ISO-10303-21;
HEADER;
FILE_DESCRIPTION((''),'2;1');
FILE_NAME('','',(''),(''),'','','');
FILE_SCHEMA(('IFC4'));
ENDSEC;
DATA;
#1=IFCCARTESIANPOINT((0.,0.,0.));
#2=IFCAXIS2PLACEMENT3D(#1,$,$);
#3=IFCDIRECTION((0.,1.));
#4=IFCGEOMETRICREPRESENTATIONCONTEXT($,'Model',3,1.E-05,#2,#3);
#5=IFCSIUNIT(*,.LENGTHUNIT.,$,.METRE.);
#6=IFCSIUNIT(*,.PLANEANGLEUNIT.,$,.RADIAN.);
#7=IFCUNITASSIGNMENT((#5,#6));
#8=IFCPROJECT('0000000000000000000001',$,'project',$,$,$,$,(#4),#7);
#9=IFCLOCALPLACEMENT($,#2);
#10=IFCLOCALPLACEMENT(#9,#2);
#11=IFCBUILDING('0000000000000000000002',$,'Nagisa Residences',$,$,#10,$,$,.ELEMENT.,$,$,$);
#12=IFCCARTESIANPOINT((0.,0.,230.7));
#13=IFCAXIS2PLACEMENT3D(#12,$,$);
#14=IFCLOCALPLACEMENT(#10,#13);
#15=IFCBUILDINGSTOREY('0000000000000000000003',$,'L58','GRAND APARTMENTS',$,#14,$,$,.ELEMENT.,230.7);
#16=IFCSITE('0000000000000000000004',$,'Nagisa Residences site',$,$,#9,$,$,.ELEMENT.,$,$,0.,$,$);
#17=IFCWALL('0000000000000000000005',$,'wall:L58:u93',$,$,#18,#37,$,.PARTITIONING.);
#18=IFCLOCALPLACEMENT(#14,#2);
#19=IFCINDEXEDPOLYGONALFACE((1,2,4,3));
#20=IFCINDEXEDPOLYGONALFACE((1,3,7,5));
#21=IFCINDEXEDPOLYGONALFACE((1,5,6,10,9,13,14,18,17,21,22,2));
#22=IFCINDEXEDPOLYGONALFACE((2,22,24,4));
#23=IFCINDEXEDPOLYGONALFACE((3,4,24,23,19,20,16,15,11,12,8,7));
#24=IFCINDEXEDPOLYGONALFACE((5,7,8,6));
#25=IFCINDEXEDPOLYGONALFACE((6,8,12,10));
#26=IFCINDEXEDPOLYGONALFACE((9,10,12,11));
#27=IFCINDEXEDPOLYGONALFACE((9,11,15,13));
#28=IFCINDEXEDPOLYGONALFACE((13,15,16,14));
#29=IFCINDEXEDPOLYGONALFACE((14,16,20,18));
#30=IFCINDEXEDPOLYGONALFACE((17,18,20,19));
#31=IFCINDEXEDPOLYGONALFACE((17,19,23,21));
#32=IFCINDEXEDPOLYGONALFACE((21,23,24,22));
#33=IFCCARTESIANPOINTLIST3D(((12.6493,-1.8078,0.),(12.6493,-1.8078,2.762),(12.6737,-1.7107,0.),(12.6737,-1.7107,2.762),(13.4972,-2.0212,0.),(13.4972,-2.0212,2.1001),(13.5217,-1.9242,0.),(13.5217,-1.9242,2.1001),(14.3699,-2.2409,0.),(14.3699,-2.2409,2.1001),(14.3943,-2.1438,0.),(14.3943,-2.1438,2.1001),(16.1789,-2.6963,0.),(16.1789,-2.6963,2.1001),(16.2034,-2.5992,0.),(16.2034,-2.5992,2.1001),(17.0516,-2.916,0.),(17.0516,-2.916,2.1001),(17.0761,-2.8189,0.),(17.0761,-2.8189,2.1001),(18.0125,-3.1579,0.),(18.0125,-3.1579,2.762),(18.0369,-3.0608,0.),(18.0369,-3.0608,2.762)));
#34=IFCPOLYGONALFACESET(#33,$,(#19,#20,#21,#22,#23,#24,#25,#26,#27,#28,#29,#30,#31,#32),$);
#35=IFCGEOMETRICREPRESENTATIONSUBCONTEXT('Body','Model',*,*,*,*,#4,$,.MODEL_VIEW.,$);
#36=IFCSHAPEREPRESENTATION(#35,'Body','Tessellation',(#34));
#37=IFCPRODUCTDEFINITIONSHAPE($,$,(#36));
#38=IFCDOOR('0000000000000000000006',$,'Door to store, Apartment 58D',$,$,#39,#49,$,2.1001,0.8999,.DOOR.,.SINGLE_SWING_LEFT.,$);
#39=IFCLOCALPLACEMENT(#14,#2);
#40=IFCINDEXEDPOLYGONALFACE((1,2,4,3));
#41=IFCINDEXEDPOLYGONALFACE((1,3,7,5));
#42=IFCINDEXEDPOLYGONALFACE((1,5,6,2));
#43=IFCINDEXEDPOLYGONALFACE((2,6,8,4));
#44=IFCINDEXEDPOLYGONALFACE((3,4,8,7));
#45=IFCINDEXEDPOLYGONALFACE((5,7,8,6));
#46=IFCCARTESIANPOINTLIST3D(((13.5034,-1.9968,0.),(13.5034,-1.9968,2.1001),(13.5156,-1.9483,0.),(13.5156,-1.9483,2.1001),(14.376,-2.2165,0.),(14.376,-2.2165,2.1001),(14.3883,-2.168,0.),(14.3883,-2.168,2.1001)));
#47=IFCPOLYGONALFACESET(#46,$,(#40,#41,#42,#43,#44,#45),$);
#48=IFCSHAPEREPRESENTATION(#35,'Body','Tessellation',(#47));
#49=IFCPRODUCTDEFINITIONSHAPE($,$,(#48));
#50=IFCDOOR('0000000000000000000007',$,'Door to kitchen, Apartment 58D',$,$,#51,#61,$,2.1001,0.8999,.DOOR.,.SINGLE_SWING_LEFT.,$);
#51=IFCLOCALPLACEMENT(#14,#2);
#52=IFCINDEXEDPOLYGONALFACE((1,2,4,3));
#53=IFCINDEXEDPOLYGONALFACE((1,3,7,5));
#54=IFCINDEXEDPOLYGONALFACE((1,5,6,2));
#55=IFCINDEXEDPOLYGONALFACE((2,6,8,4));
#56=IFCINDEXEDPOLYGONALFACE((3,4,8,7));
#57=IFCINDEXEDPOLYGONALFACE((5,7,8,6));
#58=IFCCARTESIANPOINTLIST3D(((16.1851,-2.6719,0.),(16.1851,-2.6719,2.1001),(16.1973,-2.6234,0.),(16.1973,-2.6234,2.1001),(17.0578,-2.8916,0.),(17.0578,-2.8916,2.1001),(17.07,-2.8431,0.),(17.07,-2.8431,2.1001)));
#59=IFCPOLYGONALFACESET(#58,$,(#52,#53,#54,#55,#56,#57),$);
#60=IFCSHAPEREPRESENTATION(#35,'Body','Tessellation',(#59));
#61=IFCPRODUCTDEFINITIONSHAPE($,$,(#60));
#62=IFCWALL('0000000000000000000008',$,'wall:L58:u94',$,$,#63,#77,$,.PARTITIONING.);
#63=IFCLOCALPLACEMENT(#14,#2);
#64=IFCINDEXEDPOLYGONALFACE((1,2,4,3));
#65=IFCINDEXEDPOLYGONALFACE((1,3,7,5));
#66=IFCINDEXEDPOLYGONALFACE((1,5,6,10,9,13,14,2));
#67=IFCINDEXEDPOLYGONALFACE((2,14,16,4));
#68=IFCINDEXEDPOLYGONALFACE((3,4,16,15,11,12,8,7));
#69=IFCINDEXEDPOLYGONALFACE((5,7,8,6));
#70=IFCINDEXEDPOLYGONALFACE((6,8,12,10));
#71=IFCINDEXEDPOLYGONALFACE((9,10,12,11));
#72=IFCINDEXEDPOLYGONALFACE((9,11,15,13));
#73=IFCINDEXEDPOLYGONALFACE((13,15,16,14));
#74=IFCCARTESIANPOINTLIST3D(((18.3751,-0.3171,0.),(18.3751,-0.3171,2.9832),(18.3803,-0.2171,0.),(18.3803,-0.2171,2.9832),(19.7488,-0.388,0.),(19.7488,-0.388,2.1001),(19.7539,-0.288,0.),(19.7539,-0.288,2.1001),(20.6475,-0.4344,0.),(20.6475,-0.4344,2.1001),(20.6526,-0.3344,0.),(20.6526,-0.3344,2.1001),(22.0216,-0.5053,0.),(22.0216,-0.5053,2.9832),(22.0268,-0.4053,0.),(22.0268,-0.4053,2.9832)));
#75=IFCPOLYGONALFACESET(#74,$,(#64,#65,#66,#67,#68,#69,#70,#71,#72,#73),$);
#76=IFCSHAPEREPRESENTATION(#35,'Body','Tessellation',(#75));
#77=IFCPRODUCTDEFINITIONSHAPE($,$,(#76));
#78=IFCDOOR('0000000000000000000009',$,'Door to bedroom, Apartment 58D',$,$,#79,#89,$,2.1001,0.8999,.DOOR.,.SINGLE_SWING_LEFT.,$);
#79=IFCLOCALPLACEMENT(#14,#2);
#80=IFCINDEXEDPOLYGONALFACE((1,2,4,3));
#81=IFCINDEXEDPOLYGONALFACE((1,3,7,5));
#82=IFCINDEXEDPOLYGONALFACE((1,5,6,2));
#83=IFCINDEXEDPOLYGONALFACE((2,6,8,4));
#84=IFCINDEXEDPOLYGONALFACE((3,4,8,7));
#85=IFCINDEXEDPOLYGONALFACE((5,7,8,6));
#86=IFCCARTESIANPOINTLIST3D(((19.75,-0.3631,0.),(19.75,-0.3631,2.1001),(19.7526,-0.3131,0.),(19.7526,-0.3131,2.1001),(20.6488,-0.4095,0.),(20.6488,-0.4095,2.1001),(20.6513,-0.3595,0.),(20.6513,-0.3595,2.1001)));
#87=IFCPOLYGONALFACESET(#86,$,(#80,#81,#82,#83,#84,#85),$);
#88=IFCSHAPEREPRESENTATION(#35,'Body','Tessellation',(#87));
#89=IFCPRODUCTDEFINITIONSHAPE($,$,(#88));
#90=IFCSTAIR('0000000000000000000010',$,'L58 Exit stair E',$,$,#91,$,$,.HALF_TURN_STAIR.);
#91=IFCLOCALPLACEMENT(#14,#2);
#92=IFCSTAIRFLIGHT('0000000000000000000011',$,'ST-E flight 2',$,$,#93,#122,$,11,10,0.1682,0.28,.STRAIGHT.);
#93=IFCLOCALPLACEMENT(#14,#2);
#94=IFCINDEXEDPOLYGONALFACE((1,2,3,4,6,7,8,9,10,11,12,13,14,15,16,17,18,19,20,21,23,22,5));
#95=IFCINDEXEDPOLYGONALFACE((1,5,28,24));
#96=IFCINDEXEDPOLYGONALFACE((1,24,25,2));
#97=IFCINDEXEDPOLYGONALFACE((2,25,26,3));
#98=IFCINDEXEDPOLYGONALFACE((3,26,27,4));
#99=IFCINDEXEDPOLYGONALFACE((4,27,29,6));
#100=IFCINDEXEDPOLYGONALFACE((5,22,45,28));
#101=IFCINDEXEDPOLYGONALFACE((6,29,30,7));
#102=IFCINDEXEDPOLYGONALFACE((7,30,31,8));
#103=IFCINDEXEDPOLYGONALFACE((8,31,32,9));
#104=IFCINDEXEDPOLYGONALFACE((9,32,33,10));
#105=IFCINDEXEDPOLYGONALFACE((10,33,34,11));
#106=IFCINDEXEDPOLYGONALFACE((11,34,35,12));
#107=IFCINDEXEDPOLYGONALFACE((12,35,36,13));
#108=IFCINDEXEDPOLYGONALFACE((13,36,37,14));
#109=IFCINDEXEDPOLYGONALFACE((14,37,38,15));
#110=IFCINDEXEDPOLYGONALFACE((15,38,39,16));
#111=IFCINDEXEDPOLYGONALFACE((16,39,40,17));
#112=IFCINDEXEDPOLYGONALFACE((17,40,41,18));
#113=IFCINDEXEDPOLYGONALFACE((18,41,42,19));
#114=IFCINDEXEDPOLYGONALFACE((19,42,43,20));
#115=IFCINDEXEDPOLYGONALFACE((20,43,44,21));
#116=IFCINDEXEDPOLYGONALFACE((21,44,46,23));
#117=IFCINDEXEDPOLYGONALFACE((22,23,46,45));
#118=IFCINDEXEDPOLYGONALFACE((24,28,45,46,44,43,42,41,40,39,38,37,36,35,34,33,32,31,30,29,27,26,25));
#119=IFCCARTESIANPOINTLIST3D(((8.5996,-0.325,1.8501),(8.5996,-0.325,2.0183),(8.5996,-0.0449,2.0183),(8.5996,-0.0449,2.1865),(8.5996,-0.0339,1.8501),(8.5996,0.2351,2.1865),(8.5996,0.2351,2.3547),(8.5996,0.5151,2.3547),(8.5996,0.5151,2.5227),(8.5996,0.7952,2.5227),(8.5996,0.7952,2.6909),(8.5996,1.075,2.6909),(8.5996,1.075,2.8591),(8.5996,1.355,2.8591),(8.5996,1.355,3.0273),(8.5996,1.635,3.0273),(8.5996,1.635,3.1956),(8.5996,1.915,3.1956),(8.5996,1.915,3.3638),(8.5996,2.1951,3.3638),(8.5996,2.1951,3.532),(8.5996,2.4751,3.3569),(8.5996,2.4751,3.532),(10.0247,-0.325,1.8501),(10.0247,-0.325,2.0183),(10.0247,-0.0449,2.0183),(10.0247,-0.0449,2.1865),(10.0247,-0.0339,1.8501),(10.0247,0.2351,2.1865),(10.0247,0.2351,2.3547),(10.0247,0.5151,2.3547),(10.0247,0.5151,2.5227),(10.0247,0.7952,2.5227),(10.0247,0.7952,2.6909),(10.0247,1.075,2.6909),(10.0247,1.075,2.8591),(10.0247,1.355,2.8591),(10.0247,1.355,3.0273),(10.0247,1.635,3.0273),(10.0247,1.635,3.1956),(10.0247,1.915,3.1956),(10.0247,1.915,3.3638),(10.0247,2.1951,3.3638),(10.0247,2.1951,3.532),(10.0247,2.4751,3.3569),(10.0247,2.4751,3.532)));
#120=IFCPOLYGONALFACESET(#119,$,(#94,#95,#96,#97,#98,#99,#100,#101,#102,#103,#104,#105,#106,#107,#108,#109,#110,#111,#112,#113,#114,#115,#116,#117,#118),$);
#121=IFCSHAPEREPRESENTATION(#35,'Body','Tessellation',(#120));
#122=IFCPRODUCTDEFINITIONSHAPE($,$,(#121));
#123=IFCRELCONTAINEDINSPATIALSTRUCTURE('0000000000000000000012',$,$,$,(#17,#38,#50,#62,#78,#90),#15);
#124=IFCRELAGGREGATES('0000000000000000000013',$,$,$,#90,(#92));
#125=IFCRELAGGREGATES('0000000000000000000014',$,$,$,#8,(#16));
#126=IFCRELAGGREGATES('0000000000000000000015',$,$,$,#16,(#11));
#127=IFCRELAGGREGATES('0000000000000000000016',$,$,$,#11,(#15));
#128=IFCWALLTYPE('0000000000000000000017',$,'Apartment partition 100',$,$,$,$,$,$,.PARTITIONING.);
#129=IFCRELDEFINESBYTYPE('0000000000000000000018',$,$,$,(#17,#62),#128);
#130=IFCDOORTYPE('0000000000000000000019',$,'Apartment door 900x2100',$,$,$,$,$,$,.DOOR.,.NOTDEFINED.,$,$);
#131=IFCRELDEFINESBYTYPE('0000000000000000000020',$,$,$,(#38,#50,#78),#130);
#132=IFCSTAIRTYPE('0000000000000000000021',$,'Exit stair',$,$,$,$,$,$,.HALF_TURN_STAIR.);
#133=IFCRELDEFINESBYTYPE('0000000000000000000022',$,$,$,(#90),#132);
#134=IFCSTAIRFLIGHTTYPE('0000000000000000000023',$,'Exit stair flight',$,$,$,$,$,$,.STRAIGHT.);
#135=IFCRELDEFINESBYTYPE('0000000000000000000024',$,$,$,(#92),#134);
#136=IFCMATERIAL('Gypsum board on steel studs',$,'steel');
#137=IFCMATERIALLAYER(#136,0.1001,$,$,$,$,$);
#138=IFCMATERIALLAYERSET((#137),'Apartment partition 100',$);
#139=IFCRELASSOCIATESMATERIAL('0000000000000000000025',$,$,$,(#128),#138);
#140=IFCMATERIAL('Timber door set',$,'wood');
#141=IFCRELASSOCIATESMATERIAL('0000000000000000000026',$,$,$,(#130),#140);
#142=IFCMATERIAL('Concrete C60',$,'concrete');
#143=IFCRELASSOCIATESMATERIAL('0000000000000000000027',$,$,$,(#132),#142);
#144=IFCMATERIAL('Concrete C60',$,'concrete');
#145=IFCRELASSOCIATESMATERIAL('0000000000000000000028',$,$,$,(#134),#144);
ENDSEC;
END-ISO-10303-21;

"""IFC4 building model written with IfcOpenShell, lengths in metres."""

from ifc_helpers import new_model, si_unit, direction, frame, frame_2d, origin, place, context, subcontext, project, spatial, polyline, rectangle, outline, extrude, material, layer, layer_set, type_object, element, fill, aggregate, save


model = new_model("IFC4")

# Units and contexts
model_context = context("Model", 3, precision=1e-05, world=origin(), true_north=direction((0.0, 1.0)))
body_context = subcontext(model_context, "Body", "Model", "MODEL_VIEW")
ifc_project = project(units=[si_unit("LENGTHUNIT", "METRE"), si_unit("PLANEANGLEUNIT", "RADIAN")], contexts=[model_context])

# Site, building, storey
site_placement = place(None, origin())
site = spatial("IfcSite", under=ifc_project, at=site_placement, Name="Nagisa Residences site", CompositionType="ELEMENT", RefElevation=0.0)
building_placement = place(site_placement, origin())
building = spatial("IfcBuilding", under=site, at=building_placement, Name="Nagisa Residences", CompositionType="ELEMENT")
storey_placement = place(building_placement, frame((0.0, 0.0, 230.7)))
storey = spatial("IfcBuildingStorey", under=building, at=storey_placement, Name="L58", Description="GRAND APARTMENTS", CompositionType="ELEMENT", Elevation=230.7)

# Shared definitions
ifc_material_1 = material(Name="Gypsum board on steel studs", Category="steel")
ifc_layer_1 = layer(ifc_material_1, 0.1001)
ifc_layer_set_1 = layer_set([ifc_layer_1], Name="Apartment partition 100")
wall_type_1 = type_object("IfcWallType", Name="Apartment partition 100", PredefinedType="PARTITIONING", material=ifc_layer_set_1)
ifc_material_2 = material(Name="Timber door set", Category="wood")
door_type_1 = type_object("IfcDoorType", Name="Apartment door 900x2100", OperationType="NOTDEFINED", PredefinedType="DOOR", material=ifc_material_2)

# Wall, openings, doors
wall_1_placement = place(storey_placement, frame((12.6616, -1.7593, 0.0), z_axis=(0.0, 0.0, 1.0), x_axis=(0.969747, -0.244114, 0.0)))
wall_1 = element("IfcWall", 1, at=wall_1_placement, inside=storey, type_object=wall_type_1, Name="wall:L58:u93", PredefinedType="PARTITIONING", context=body_context, shape_type="SweptSolid", body=[
    extrude(rectangle(XDim=5.5305, YDim=0.1001, at=frame_2d((2.7651, 0.0))), origin(), (0.0, 0.0, 1.0), 2.762),
])
opening_1_placement = place(wall_1_placement, frame((0.8743, 0.0, 0.0)))
opening_1 = element("IfcOpeningElement", 2, at=opening_1_placement, cuts=wall_1, PredefinedType="OPENING", context=body_context, shape_type="SweptSolid", body=[
    extrude(rectangle(XDim=0.8999, YDim=2.1001, at=frame_2d((0.45, 1.05))), frame((0.0, 0.0601, 0.0), z_axis=(0.0, -1.0, 0.0), x_axis=(1.0, 0.0, 0.0)), (0.0, 0.0, 1.0), 0.1201),
])
opening_2_placement = place(wall_1_placement, frame((3.6396, 0.0, 0.0)))
opening_2 = element("IfcOpeningElement", 3, at=opening_2_placement, cuts=wall_1, PredefinedType="OPENING", context=body_context, shape_type="SweptSolid", body=[
    extrude(rectangle(XDim=0.8999, YDim=2.1001, at=frame_2d((0.45, 1.05))), frame((0.0, 0.0601, 0.0), z_axis=(0.0, -1.0, 0.0), x_axis=(1.0, 0.0, 0.0)), (0.0, 0.0, 1.0), 0.1201),
])
door_1_placement = place(opening_1_placement, frame((0.8999, 0.0, 0.0), x_axis=(-1.0, 0.0, 0.0)))
door_1 = element("IfcDoor", 4, at=door_1_placement, inside=storey, type_object=door_type_1, Name="Door to store, Apartment 58D", OperationType="SINGLE_SWING_LEFT", OverallHeight=2.1001, OverallWidth=0.8999, PredefinedType="DOOR", context=body_context, shape_type="SweptSolid", body=[
    extrude(rectangle(XDim=0.8999, YDim=2.1001, at=frame_2d((0.45, 1.05))), frame((0.0, 0.0249, 0.0), z_axis=(0.0, -1.0, 0.0), x_axis=(1.0, 0.0, 0.0)), (0.0, 0.0, 1.0), 0.05),
])
fill(opening_1, door_1)
door_2_placement = place(opening_2_placement, frame((0.8999, 0.0, 0.0), x_axis=(-1.0, 0.0, 0.0)))
door_2 = element("IfcDoor", 5, at=door_2_placement, inside=storey, type_object=door_type_1, Name="Door to kitchen, Apartment 58D", OperationType="SINGLE_SWING_LEFT", OverallHeight=2.1001, OverallWidth=0.8999, PredefinedType="DOOR", context=body_context, shape_type="SweptSolid", body=[
    extrude(rectangle(XDim=0.8999, YDim=2.1001, at=frame_2d((0.45, 1.05))), frame((0.0, 0.0249, 0.0), z_axis=(0.0, -1.0, 0.0), x_axis=(1.0, 0.0, 0.0)), (0.0, 0.0, 1.0), 0.05),
])
fill(opening_2, door_2)

# Wall, opening, door
wall_2_placement = place(storey_placement, frame((18.3777, -0.2671, 0.0), z_axis=(0.0, 0.0, 1.0), x_axis=(0.99867, -0.051552, 0.0)))
wall_2 = element("IfcWall", 6, at=wall_2_placement, inside=storey, type_object=wall_type_1, Name="wall:L58:u94", PredefinedType="PARTITIONING", context=body_context, shape_type="SweptSolid", body=[
    extrude(rectangle(XDim=3.6514, YDim=0.1001, at=frame_2d((1.8257, 0.0))), origin(), (0.0, 0.0, 1.0), 2.9832),
])
opening_3_placement = place(wall_2_placement, frame((1.3755, 0.0, 0.0)))
opening_3 = element("IfcOpeningElement", 7, at=opening_3_placement, cuts=wall_2, PredefinedType="OPENING", context=body_context, shape_type="SweptSolid", body=[
    extrude(rectangle(XDim=0.8999, YDim=2.1001, at=frame_2d((0.45, 1.05))), frame((0.0, 0.0601, 0.0), z_axis=(0.0, -1.0, 0.0), x_axis=(1.0, 0.0, 0.0)), (0.0, 0.0, 1.0), 0.1201),
])
door_3_placement = place(opening_3_placement, origin())
door_3 = element("IfcDoor", 8, at=door_3_placement, inside=storey, type_object=door_type_1, Name="Door to bedroom, Apartment 58D", OperationType="SINGLE_SWING_LEFT", OverallHeight=2.1001, OverallWidth=0.8999, PredefinedType="DOOR", context=body_context, shape_type="SweptSolid", body=[
    extrude(rectangle(XDim=0.8999, YDim=2.1001, at=frame_2d((0.45, 1.05))), frame((0.0, 0.0249, 0.0), z_axis=(0.0, -1.0, 0.0), x_axis=(1.0, 0.0, 0.0)), (0.0, 0.0, 1.0), 0.05),
])
fill(opening_3, door_3)

# Stair, stair flight
ifc_material_3 = material(Name="Concrete C60", Category="concrete")
stair_type = type_object("IfcStairType", Name="Exit stair", PredefinedType="HALF_TURN_STAIR", material=ifc_material_3)
stair_placement = place(storey_placement, origin())
stair = element("IfcStair", 9, at=stair_placement, inside=storey, type_object=stair_type, Name="L58 Exit stair E", PredefinedType="HALF_TURN_STAIR")
ifc_material_4 = material(Name="Concrete C60", Category="concrete")
stair_flight_type = type_object("IfcStairFlightType", Name="Exit stair flight", PredefinedType="STRAIGHT", material=ifc_material_4)
stair_flight_placement = place(storey_placement, frame((9.312, -0.325, 1.8501), z_axis=(0.0, 0.0, 1.0), x_axis=(0.0, 1.0, 0.0)))
stair_flight = element("IfcStairFlight", 10, at=stair_flight_placement, type_object=stair_flight_type, Name="ST-E flight 2", NumberOfRisers=11, NumberOfTreads=10, PredefinedType="STRAIGHT", RiserHeight=0.1682, TreadLength=0.28, context=body_context, shape_type="SweptSolid", body=[
    extrude(outline(polyline([(0.0, 0.0), (0.0, 0.1682), (0.28, 0.1682), (0.28, 0.3364), (0.5601, 0.3364), (0.5601, 0.5046), (0.8401, 0.5046), (0.8401, 0.6726), (1.1201, 0.6726), (1.1201, 0.8408), (1.3999, 0.8408), (1.3999, 1.009), (1.6799, 1.009), (1.6799, 1.1772), (1.96, 1.1772), (1.96, 1.3455), (2.24, 1.3455), (2.24, 1.5137), (2.52, 1.5137), (2.52, 1.6819), (2.8, 1.6819), (2.8, 1.8501), (2.8, 1.5068), (0.291, 0.0), (0.0, 0.0)])), frame((0.0, 0.7124, 0.0), z_axis=(0.0, -1.0, 0.0), x_axis=(1.0, 0.0, 0.0)), (0.0, 0.0, 1.0), 1.425),
])
aggregate(stair, [stair_flight])

save(model, "model.ifc")
